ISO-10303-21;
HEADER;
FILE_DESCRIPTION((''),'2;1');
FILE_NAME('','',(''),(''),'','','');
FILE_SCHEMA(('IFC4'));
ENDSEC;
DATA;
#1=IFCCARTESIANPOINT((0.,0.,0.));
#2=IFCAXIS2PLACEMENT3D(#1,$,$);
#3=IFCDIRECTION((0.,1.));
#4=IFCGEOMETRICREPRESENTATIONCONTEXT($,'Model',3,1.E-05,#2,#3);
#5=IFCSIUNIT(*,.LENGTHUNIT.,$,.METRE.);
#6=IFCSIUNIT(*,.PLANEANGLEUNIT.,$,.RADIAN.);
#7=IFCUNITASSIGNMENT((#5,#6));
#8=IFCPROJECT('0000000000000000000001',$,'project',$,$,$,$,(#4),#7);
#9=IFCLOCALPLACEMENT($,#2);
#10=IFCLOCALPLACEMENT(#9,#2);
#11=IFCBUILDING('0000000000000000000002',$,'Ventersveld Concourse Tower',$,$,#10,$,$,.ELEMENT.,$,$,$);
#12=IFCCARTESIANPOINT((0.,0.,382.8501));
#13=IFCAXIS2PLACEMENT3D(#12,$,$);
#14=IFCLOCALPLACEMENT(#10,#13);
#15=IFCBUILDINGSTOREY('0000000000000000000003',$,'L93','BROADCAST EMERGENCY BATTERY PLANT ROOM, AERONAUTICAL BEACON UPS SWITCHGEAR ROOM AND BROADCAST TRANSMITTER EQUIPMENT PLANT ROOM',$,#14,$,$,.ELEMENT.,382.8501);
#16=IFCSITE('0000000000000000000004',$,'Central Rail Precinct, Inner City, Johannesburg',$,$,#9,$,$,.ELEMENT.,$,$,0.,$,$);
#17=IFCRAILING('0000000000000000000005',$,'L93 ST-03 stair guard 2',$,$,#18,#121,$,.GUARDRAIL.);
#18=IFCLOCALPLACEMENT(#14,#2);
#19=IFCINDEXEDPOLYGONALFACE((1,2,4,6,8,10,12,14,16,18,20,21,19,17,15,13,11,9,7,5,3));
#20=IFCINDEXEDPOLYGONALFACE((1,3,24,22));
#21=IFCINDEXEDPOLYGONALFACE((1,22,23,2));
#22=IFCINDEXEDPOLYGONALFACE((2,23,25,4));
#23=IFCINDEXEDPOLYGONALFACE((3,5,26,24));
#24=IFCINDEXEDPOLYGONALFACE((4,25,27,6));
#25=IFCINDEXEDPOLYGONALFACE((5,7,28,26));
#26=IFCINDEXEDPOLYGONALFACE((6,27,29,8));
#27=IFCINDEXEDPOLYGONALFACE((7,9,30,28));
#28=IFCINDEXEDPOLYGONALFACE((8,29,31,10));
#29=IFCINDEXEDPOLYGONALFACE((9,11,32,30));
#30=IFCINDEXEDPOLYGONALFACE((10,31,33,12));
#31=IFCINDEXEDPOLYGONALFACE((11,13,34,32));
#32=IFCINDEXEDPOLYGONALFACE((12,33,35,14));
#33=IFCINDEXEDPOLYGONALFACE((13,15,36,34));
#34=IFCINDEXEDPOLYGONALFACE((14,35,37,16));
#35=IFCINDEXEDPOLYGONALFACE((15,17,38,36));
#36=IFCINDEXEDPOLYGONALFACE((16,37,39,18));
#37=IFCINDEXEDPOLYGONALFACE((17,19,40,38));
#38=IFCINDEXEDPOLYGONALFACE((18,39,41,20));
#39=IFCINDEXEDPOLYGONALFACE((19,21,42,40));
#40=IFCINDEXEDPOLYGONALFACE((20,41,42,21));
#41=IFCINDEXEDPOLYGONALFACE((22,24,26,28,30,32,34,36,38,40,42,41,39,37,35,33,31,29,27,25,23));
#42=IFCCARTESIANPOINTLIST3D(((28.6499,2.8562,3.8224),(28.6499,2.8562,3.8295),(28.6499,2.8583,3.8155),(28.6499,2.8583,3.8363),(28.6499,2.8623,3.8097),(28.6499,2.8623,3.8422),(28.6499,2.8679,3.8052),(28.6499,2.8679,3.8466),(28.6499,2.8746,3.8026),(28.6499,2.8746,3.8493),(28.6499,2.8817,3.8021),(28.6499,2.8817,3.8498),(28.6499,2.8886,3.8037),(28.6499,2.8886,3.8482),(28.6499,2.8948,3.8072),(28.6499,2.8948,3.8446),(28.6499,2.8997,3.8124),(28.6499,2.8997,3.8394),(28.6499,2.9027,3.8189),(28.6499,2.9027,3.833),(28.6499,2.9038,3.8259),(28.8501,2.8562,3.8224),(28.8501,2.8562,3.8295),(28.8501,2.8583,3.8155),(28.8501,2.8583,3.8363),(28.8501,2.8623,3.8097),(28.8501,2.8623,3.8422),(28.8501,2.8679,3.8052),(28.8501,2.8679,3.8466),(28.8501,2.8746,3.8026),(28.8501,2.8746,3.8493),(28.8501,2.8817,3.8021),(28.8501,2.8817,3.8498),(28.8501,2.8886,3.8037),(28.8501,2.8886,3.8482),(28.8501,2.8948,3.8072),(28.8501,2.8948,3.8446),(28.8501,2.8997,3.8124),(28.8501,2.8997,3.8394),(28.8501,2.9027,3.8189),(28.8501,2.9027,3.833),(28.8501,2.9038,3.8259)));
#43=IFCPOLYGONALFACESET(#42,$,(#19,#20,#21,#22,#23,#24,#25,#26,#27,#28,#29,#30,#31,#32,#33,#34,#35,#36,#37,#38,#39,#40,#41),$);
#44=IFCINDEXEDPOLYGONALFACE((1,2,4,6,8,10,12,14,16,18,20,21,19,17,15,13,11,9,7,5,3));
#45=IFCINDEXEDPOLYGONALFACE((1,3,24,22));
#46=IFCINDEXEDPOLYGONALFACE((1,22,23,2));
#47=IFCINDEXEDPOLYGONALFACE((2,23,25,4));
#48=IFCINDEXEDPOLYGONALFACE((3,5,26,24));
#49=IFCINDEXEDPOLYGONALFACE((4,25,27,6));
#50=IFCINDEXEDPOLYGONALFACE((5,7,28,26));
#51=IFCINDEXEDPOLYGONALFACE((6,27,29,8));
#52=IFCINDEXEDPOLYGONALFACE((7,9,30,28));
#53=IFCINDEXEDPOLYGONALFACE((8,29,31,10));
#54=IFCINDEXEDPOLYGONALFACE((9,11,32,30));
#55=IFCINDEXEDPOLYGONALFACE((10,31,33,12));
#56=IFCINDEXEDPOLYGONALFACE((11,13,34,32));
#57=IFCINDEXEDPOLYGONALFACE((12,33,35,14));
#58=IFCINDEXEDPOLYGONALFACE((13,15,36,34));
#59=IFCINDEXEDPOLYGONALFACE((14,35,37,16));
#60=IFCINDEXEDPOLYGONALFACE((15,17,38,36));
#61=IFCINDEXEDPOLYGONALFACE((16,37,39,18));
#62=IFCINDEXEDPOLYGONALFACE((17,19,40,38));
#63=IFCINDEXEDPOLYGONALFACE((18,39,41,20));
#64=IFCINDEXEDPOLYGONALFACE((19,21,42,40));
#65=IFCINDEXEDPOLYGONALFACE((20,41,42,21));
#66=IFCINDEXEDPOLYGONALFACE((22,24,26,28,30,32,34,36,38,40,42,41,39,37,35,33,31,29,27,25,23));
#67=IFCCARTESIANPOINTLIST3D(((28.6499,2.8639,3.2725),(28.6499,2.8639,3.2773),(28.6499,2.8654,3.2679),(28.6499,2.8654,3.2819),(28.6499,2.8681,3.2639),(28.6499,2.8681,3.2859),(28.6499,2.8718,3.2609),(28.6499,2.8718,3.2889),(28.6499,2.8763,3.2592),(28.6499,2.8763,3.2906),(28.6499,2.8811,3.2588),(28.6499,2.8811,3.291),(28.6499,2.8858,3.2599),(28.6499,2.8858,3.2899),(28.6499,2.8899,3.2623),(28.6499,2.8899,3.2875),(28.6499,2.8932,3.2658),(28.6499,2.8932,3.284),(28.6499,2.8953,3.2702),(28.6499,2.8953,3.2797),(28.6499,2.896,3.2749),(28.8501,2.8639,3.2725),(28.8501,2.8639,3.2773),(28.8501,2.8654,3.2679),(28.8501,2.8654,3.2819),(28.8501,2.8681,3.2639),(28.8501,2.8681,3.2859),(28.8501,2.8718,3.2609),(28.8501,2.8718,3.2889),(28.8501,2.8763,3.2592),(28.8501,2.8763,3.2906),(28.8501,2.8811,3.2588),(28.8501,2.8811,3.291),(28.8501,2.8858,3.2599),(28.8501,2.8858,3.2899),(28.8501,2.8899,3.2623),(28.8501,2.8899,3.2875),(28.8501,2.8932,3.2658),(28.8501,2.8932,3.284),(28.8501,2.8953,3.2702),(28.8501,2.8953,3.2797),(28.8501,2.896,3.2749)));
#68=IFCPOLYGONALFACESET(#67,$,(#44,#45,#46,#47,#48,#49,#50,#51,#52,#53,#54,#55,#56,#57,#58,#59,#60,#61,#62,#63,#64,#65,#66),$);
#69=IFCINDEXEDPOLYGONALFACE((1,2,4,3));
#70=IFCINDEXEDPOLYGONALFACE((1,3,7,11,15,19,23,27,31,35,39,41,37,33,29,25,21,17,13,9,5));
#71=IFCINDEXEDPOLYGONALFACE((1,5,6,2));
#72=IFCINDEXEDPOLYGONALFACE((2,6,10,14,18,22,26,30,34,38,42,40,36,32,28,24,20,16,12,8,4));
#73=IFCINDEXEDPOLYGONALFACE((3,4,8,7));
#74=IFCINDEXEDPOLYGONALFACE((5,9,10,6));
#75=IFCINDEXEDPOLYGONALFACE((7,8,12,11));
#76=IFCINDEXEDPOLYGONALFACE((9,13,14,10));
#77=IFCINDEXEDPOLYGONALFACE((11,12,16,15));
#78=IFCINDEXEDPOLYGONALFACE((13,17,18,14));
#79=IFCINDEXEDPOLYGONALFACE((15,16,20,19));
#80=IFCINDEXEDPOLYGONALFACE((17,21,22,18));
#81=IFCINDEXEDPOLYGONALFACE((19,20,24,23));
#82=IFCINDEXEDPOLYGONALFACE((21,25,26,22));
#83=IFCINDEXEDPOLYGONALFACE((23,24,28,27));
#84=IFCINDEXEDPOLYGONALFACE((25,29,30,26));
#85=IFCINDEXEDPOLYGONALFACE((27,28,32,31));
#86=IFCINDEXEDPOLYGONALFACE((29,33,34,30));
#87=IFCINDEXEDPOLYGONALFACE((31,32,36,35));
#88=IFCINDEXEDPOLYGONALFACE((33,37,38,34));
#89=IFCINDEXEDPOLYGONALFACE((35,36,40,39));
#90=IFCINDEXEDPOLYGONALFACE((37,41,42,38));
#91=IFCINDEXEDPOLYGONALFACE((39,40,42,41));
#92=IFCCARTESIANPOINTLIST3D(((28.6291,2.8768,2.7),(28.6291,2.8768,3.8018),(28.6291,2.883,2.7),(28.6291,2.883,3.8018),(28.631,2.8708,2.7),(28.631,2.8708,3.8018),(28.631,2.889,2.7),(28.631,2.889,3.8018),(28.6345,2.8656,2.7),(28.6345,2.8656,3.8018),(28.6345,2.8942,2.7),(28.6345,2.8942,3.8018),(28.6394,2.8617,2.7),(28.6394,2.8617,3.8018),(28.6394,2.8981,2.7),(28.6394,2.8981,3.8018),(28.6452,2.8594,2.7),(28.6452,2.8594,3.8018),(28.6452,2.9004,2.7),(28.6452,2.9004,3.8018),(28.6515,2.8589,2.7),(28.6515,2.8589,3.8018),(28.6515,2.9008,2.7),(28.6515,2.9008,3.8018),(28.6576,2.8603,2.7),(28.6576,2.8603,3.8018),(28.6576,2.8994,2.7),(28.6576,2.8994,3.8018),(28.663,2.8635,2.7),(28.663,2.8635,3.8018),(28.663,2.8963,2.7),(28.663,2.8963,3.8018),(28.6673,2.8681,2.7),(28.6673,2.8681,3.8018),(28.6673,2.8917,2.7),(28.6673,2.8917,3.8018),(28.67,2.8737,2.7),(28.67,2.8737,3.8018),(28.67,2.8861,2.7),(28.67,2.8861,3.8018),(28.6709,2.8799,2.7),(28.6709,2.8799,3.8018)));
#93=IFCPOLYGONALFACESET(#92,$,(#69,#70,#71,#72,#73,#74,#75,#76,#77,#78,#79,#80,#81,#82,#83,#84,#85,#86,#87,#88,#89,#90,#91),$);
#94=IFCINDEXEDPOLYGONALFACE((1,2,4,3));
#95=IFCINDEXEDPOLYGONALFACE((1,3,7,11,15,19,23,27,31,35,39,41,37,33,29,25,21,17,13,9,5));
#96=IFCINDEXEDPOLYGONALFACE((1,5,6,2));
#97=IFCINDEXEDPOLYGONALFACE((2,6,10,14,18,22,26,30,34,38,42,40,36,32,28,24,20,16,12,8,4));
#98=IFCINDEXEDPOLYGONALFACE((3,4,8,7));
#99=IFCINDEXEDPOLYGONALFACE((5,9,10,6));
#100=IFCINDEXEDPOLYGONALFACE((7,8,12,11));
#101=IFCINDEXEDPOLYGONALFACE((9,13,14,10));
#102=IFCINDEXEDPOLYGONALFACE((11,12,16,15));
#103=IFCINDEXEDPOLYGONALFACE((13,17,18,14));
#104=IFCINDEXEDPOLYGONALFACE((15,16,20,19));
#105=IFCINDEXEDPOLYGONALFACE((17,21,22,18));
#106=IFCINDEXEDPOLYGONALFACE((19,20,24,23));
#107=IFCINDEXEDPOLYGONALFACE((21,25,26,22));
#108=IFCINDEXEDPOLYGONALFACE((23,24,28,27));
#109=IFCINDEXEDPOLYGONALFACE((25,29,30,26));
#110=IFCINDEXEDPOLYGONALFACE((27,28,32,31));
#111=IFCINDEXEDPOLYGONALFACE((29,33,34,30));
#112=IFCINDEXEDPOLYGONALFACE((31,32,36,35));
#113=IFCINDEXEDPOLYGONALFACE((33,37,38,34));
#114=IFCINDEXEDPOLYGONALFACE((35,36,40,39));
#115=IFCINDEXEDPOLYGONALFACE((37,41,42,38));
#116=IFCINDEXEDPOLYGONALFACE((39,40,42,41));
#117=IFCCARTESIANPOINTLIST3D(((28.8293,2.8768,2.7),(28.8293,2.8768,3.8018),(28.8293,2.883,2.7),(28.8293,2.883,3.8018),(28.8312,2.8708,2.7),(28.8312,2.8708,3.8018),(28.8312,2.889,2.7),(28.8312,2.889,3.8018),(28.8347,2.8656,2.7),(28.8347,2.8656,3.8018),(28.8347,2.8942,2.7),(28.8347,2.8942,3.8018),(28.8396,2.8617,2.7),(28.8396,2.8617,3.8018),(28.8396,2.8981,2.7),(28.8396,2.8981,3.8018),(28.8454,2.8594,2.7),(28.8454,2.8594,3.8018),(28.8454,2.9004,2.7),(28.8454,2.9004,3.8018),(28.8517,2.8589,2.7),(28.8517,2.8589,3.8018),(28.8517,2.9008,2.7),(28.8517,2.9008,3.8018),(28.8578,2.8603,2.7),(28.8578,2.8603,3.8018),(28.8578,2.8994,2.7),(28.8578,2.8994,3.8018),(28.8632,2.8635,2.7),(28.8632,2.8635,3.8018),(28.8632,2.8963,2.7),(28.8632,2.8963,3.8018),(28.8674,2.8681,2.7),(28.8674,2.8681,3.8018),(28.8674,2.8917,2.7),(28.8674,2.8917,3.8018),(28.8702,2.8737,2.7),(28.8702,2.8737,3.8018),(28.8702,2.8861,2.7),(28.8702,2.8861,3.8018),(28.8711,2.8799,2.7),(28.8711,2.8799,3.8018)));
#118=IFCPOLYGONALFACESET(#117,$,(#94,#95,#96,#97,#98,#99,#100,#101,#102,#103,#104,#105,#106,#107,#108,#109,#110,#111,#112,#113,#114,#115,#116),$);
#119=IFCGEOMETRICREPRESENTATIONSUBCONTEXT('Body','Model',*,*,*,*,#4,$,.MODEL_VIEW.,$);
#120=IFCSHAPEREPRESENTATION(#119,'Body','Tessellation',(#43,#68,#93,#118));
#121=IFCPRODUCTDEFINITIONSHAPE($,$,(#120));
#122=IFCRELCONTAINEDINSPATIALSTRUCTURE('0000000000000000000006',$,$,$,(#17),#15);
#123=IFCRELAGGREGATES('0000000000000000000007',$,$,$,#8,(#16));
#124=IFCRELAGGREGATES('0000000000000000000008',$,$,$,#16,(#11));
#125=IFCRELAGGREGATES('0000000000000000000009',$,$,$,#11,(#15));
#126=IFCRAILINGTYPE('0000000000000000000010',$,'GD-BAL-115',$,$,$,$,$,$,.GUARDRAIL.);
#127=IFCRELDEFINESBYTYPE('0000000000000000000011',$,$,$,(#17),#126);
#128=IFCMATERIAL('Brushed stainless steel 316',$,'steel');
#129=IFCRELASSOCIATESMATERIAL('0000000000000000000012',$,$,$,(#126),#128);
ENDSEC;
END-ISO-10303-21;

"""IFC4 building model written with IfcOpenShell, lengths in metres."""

from ifc_helpers import new_model, si_unit, direction, frame, origin, origin_2d, place, context, subcontext, project, spatial, circle, extrude, material, type_object, element, save


model = new_model("IFC4")

# Units and contexts
model_context = context("Model", 3, precision=1e-05, world=origin(), true_north=direction((0.0, 1.0)))
body_context = subcontext(model_context, "Body", "Model", "MODEL_VIEW")
ifc_project = project(units=[si_unit("LENGTHUNIT", "METRE"), si_unit("PLANEANGLEUNIT", "RADIAN")], contexts=[model_context])

# Site, building, storey
site_placement = place(None, origin())
site = spatial("IfcSite", under=ifc_project, at=site_placement, Name="Central Rail Precinct, Inner City, Johannesburg", CompositionType="ELEMENT", RefElevation=0.0)
building_placement = place(site_placement, origin())
building = spatial("IfcBuilding", under=site, at=building_placement, Name="Ventersveld Concourse Tower", CompositionType="ELEMENT")
storey_placement = place(building_placement, frame((0.0, 0.0, 382.8501)))
storey = spatial("IfcBuildingStorey", under=building, at=storey_placement, Name="L93", Description="BROADCAST EMERGENCY BATTERY PLANT ROOM, AERONAUTICAL BEACON UPS SWITCHGEAR ROOM AND BROADCAST TRANSMITTER EQUIPMENT PLANT ROOM", CompositionType="ELEMENT", Elevation=382.8501)

# Shared definitions
ifc_material_1 = material(Name="Brushed stainless steel 316", Category="steel")

# Railing
railing_type_1 = type_object("IfcRailingType", Name="GD-BAL-115", PredefinedType="GUARDRAIL", material=ifc_material_1)
railing_1_placement = place(storey_placement, frame((28.6499, 2.8799, 2.7)))
element("IfcRailing", 1, at=railing_1_placement, inside=storey, type_object=railing_type_1, Name="L93 ST-03 stair guard 2", PredefinedType="GUARDRAIL", context=body_context, shape_type="SweptSolid", body=[
    extrude(circle(Radius=0.0239, at=origin_2d()), frame((0.0, 0.0, 1.126), z_axis=(1.0, 0.0, 0.0), x_axis=(0.0, 1.0, 0.0)), (0.0, 0.0, 1.0), 0.2002),
    extrude(circle(Radius=0.0161, at=origin_2d()), frame((0.0, 0.0, 0.575), z_axis=(1.0, 0.0, 0.0), x_axis=(0.0, 1.0, 0.0)), (0.0, 0.0, 1.0), 0.2002),
    extrude(circle(Radius=0.021, at=origin_2d()), origin(), (0.0, 0.0, 1.0), 1.1018),
    extrude(circle(Radius=0.021, at=origin_2d()), frame((0.2002, 0.0, 0.0)), (0.0, 0.0, 1.0), 1.1018),
])

save(model, "model.ifc")
